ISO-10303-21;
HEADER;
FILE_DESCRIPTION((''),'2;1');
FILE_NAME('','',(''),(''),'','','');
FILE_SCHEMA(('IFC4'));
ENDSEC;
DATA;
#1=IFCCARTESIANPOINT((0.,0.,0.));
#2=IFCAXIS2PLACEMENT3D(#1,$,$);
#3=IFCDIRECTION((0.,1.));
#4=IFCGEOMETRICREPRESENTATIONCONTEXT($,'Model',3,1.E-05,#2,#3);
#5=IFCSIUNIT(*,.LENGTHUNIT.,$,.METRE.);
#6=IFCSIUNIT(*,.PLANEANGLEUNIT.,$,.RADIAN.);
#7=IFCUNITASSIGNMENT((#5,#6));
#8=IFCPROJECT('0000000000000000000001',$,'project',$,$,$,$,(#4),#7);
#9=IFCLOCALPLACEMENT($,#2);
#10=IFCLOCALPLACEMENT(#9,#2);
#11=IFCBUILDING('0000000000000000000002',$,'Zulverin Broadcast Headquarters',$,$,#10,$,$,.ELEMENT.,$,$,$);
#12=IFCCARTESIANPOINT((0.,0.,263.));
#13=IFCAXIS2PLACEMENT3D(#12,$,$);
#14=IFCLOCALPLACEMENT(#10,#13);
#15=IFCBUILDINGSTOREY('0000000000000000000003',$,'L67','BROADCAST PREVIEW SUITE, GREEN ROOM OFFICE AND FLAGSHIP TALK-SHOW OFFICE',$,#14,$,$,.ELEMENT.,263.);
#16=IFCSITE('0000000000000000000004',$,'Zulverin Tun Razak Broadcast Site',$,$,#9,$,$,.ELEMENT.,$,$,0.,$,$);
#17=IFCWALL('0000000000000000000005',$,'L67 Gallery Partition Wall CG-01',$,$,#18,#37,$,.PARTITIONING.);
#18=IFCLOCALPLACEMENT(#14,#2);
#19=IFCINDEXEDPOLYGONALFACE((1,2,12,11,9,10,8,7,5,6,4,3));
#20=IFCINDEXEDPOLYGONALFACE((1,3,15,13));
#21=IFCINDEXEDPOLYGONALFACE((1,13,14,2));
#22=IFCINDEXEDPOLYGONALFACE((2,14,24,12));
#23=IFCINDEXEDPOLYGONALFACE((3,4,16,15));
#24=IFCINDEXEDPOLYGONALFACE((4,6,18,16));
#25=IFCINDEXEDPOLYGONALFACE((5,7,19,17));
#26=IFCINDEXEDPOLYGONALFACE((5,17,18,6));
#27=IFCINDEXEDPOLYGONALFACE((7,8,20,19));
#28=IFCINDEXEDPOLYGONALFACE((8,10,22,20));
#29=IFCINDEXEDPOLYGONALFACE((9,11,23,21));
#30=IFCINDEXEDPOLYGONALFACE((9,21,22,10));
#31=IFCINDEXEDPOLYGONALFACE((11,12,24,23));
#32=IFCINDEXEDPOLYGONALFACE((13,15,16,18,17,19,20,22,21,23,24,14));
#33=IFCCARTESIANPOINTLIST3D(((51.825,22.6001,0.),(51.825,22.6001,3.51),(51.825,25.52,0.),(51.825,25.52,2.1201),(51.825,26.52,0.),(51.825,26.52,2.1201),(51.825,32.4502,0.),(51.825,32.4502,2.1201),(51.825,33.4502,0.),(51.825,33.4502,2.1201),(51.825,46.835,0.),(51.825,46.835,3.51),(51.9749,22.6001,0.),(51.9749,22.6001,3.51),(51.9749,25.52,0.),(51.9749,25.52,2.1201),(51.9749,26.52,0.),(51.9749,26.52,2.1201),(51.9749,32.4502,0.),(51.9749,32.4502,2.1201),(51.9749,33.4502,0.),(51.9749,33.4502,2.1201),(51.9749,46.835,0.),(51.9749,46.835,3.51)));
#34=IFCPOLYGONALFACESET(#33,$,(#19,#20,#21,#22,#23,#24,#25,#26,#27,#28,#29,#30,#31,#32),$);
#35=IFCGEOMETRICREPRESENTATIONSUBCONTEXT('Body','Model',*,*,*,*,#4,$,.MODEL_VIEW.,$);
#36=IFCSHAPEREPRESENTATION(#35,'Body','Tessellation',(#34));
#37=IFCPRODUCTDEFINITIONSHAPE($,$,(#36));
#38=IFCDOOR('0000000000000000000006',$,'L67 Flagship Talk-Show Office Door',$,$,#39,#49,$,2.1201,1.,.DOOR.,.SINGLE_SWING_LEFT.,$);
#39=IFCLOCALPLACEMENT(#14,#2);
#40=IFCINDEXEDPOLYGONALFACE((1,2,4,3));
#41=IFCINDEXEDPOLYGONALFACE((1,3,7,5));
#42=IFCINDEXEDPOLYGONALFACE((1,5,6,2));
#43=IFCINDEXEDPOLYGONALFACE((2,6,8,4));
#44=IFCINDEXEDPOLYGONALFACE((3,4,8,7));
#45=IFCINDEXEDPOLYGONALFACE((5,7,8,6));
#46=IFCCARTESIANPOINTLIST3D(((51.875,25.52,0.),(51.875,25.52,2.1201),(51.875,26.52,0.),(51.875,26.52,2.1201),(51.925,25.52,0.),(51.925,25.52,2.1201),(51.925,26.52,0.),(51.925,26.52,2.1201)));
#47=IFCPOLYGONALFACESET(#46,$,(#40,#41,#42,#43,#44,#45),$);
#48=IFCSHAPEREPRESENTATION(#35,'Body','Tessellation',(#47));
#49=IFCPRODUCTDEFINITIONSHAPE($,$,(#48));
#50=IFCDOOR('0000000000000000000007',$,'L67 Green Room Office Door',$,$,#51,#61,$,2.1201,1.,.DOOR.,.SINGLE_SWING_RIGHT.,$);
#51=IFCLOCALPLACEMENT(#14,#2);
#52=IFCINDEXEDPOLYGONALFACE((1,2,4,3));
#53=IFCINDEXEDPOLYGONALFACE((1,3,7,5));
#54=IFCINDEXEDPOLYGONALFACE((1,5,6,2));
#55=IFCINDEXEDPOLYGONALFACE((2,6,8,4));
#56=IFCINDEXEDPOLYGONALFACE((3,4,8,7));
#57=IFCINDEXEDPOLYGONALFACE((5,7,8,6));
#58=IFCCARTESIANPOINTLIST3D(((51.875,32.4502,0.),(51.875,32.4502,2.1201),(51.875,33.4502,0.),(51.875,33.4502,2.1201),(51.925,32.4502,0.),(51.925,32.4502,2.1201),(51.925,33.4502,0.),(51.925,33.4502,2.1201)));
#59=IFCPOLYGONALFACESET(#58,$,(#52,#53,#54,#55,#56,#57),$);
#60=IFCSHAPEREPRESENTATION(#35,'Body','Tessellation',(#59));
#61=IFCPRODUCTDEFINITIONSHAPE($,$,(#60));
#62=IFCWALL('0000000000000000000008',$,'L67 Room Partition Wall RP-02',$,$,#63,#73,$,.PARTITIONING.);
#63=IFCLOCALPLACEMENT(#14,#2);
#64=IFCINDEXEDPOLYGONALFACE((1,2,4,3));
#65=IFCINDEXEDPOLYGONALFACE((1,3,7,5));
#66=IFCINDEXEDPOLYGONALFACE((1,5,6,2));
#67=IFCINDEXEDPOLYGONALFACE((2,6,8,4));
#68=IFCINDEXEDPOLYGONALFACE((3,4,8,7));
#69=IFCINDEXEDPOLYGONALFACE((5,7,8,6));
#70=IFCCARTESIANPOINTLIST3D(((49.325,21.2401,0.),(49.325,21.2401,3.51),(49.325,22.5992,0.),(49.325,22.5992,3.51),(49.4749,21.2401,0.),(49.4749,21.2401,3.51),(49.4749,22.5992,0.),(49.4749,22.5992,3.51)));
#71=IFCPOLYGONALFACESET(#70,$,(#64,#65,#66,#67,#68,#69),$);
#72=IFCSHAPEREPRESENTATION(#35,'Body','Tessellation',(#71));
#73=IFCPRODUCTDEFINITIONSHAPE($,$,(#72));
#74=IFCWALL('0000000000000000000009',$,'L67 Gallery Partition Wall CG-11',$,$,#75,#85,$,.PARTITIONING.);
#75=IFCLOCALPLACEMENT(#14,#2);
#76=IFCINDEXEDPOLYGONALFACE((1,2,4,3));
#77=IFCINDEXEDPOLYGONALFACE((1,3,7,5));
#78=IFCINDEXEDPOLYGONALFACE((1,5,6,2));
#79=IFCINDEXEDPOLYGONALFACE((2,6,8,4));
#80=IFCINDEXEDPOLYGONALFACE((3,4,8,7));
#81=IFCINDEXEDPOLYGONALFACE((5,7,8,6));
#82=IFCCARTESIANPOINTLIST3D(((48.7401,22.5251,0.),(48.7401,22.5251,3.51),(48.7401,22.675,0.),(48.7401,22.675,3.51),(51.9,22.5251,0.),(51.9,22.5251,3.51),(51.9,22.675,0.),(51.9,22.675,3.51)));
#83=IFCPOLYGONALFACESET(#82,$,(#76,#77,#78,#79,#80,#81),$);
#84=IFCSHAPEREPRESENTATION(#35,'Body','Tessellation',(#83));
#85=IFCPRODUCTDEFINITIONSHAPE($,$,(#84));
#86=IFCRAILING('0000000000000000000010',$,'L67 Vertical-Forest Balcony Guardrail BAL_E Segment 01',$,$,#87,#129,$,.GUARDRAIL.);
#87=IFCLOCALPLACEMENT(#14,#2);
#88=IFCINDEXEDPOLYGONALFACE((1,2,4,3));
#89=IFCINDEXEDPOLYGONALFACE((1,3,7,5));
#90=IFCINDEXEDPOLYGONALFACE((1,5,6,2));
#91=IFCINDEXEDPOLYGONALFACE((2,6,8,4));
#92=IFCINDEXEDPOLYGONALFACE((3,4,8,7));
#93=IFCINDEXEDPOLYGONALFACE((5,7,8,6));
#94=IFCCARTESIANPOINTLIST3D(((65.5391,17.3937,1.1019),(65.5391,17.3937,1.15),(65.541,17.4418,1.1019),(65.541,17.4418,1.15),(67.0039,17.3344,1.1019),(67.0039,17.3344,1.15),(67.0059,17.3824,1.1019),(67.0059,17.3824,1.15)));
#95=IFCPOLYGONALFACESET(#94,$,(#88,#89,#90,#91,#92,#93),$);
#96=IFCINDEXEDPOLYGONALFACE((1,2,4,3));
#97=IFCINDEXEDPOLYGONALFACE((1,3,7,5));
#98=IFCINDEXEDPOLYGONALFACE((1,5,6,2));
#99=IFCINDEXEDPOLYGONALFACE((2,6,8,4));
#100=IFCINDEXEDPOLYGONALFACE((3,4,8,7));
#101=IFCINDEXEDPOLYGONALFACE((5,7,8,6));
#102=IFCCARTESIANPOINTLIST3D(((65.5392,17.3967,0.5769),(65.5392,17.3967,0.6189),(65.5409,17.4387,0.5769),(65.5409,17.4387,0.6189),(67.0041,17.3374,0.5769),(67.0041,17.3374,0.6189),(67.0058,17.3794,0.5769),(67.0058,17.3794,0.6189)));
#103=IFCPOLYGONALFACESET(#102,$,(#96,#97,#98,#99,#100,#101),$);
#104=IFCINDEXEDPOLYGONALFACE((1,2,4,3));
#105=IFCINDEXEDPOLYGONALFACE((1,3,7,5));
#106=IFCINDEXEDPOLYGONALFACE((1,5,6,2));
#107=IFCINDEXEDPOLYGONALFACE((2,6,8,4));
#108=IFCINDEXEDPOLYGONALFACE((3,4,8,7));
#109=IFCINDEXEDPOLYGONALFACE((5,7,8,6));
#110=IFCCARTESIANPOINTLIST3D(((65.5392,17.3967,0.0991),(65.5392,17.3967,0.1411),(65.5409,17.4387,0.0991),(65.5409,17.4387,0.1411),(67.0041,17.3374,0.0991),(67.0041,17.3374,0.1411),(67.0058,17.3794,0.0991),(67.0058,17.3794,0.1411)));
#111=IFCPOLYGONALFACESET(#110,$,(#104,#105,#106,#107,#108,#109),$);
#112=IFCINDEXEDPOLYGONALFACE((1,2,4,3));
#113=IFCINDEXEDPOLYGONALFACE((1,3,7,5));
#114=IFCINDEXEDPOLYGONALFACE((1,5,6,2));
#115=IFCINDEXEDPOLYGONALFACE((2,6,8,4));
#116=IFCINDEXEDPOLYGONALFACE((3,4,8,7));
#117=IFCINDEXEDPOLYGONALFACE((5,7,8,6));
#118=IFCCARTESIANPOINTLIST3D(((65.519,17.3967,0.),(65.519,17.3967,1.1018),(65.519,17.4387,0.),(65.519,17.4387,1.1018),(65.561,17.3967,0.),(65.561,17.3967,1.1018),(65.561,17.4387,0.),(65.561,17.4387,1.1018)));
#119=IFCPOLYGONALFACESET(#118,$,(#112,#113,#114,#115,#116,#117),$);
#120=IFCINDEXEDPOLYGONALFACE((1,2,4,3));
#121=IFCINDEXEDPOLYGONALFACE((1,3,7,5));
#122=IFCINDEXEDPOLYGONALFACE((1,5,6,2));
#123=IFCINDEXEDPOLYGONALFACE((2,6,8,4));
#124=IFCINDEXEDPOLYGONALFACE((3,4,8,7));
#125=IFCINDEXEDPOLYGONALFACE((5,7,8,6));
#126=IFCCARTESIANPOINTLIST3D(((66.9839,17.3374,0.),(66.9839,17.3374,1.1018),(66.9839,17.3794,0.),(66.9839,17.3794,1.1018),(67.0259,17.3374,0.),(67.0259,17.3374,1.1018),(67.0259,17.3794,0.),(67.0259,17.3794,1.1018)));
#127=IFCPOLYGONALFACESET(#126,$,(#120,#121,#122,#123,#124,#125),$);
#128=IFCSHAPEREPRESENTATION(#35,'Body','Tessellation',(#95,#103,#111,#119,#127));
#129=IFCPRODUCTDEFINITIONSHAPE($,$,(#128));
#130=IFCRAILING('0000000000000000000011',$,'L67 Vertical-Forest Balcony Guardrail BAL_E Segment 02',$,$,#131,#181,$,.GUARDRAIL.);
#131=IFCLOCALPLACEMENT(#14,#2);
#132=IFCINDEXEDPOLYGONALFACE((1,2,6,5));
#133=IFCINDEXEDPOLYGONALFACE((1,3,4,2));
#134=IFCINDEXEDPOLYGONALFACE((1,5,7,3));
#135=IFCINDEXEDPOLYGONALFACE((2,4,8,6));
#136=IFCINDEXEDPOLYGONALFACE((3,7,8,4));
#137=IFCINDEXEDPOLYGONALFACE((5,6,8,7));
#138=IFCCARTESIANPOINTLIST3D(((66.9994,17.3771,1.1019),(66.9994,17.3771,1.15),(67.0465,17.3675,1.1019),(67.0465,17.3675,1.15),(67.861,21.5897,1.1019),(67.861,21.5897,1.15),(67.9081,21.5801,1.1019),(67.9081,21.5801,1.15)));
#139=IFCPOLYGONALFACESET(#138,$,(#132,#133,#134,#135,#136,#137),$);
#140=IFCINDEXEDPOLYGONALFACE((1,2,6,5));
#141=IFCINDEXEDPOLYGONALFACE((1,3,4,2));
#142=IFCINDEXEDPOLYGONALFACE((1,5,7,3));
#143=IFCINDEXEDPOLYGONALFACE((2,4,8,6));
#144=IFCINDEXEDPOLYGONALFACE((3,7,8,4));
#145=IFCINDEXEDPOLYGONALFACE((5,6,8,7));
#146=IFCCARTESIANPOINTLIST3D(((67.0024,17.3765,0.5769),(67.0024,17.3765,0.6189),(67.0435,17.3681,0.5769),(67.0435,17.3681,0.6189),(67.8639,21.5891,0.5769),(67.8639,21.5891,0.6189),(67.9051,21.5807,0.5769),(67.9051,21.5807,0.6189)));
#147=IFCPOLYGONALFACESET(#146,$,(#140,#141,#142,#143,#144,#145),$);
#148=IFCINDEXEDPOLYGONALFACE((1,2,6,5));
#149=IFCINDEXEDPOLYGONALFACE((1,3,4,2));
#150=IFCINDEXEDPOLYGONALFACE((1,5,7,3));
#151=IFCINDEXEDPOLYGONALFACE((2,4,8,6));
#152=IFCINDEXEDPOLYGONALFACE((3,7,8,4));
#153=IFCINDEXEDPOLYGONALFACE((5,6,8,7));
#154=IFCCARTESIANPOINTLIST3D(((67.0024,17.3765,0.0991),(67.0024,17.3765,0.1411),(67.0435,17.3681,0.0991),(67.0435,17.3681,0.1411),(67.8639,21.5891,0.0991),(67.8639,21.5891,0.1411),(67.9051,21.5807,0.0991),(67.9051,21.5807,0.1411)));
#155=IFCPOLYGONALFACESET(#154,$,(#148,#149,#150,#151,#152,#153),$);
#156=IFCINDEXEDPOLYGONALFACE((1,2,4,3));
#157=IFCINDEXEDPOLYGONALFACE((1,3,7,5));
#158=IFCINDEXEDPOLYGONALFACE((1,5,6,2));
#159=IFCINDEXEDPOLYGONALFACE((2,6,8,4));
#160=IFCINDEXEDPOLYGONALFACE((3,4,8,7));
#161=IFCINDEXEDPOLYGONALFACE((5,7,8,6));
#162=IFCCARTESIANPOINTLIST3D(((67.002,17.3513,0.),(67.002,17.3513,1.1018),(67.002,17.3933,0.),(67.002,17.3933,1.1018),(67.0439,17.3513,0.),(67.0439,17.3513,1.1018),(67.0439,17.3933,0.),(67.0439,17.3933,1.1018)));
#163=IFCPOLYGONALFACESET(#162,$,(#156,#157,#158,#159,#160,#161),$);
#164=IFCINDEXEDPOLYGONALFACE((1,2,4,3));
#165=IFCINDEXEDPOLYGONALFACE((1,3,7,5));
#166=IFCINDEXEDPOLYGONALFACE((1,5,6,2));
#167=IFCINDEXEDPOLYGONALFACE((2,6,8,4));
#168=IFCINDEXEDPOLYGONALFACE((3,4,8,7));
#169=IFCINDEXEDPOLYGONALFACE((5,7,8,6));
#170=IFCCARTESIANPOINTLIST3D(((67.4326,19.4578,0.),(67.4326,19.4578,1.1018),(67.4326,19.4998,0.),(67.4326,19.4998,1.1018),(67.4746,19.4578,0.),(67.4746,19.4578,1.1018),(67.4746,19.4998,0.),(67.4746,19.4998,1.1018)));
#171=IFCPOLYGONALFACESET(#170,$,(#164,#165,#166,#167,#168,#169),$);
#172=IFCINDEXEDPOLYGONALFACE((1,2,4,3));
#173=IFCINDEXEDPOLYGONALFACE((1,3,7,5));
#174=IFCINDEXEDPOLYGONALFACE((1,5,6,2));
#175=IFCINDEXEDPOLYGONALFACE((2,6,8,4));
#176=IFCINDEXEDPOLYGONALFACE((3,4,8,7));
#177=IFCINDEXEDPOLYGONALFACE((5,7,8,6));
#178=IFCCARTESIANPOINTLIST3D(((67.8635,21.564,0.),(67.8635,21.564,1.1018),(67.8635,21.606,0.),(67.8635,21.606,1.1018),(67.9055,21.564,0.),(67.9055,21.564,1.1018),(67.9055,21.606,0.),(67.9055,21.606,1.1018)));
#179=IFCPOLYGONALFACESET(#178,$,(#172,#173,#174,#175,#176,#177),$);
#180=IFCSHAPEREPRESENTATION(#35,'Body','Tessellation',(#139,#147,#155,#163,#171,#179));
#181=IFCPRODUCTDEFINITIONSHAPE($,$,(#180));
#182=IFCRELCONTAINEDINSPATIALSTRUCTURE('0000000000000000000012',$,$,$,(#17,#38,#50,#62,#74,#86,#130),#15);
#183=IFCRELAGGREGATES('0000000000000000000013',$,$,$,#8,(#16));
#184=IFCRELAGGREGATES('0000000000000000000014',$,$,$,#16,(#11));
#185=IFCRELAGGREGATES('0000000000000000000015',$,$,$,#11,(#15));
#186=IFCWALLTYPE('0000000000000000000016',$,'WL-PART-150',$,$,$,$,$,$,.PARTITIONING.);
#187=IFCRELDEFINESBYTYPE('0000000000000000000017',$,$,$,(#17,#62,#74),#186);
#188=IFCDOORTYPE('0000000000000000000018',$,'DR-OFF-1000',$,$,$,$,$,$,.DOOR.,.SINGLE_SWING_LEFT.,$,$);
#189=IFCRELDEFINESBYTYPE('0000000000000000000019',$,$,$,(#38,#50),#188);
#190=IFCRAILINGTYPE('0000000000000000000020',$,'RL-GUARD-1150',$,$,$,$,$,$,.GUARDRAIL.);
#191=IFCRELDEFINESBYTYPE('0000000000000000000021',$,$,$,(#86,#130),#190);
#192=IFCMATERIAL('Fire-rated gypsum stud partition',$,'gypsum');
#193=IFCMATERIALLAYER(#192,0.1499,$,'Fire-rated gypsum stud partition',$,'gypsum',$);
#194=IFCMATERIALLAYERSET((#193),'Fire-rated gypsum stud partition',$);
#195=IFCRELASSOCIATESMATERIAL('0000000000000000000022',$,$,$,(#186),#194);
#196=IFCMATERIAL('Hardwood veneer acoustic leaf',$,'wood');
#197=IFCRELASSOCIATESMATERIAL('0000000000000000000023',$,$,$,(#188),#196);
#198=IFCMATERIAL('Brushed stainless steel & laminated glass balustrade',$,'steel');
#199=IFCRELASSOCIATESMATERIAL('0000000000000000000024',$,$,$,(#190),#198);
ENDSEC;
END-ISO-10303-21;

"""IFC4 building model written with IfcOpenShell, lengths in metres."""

from ifc_helpers import new_model, si_unit, direction, frame, frame_2d, origin, origin_2d, place, context, subcontext, project, spatial, rectangle, extrude, material, layer, layer_set, type_object, element, fill, save


model = new_model("IFC4")

# Units and contexts
model_context = context("Model", 3, precision=1e-05, world=origin(), true_north=direction((0.0, 1.0)))
body_context = subcontext(model_context, "Body", "Model", "MODEL_VIEW")
ifc_project = project(units=[si_unit("LENGTHUNIT", "METRE"), si_unit("PLANEANGLEUNIT", "RADIAN")], contexts=[model_context])

# Site, building, storey
site_placement = place(None, origin())
site = spatial("IfcSite", under=ifc_project, at=site_placement, Name="Zulverin Tun Razak Broadcast Site", CompositionType="ELEMENT", RefElevation=0.0)
building_placement = place(site_placement, origin())
building = spatial("IfcBuilding", under=site, at=building_placement, Name="Zulverin Broadcast Headquarters", CompositionType="ELEMENT")
storey_placement = place(building_placement, frame((0.0, 0.0, 263.0)))
storey = spatial("IfcBuildingStorey", under=building, at=storey_placement, Name="L67", Description="BROADCAST PREVIEW SUITE, GREEN ROOM OFFICE AND FLAGSHIP TALK-SHOW OFFICE", CompositionType="ELEMENT", Elevation=263.0)

# Wall, openings, doors
ifc_material_1 = material(Name="Fire-rated gypsum stud partition", Category="gypsum")
ifc_layer_1 = layer(ifc_material_1, 0.1499, Name="Fire-rated gypsum stud partition", Category="gypsum")
ifc_layer_set_1 = layer_set([ifc_layer_1], Name="Fire-rated gypsum stud partition")
wall_type_1 = type_object("IfcWallType", Name="WL-PART-150", PredefinedType="PARTITIONING", material=ifc_layer_set_1)
wall_1_placement = place(storey_placement, frame((51.8999, 22.6001, 0.0), z_axis=(0.0, 0.0, 1.0), x_axis=(0.0, 1.0, 0.0)))
wall_1 = element("IfcWall", 1, at=wall_1_placement, inside=storey, type_object=wall_type_1, Name="L67 Gallery Partition Wall CG-01", PredefinedType="PARTITIONING", context=body_context, shape_type="SweptSolid", body=[
    extrude(rectangle(XDim=24.2349, YDim=0.1499, at=frame_2d((12.1174, 0.0))), origin(), (0.0, 0.0, 1.0), 3.51),
])
opening_1_placement = place(wall_1_placement, frame((2.9199, 0.0, 0.0)))
opening_1 = element("IfcOpeningElement", 2, at=opening_1_placement, cuts=wall_1, PredefinedType="OPENING", context=body_context, shape_type="SweptSolid", body=[
    extrude(rectangle(XDim=1.0, YDim=2.1201, at=frame_2d((0.5, 1.0601))), frame((0.0, 0.085, 0.0), z_axis=(0.0, -1.0, 0.0), x_axis=(1.0, 0.0, 0.0)), (0.0, 0.0, 1.0), 0.1699),
])
opening_2_placement = place(wall_1_placement, frame((9.8501, 0.0, 0.0)))
opening_2 = element("IfcOpeningElement", 3, at=opening_2_placement, cuts=wall_1, PredefinedType="OPENING", context=body_context, shape_type="SweptSolid", body=[
    extrude(rectangle(XDim=1.0, YDim=2.1201, at=frame_2d((0.5, 1.0601))), frame((0.0, 0.085, 0.0), z_axis=(0.0, -1.0, 0.0), x_axis=(1.0, 0.0, 0.0)), (0.0, 0.0, 1.0), 0.1699),
])
ifc_material_2 = material(Name="Hardwood veneer acoustic leaf", Category="wood")
door_type_1 = type_object("IfcDoorType", Name="DR-OFF-1000", OperationType="SINGLE_SWING_LEFT", PredefinedType="DOOR", material=ifc_material_2)
door_1_placement = place(opening_1_placement, origin())
door_1 = element("IfcDoor", 4, at=door_1_placement, inside=storey, type_object=door_type_1, Name="L67 Flagship Talk-Show Office Door", OperationType="SINGLE_SWING_LEFT", OverallHeight=2.1201, OverallWidth=1.0, PredefinedType="DOOR", context=body_context, shape_type="SweptSolid", body=[
    extrude(rectangle(XDim=1.0, YDim=2.1201, at=frame_2d((0.5, 1.0601))), frame((0.0, 0.0249, 0.0), z_axis=(0.0, -1.0, 0.0), x_axis=(1.0, 0.0, 0.0)), (0.0, 0.0, 1.0), 0.05),
])
fill(opening_1, door_1)
door_2_placement = place(opening_2_placement, origin())
door_2 = element("IfcDoor", 5, at=door_2_placement, inside=storey, type_object=door_type_1, Name="L67 Green Room Office Door", OperationType="SINGLE_SWING_RIGHT", OverallHeight=2.1201, OverallWidth=1.0, PredefinedType="DOOR", context=body_context, shape_type="SweptSolid", body=[
    extrude(rectangle(XDim=1.0, YDim=2.1201, at=frame_2d((0.5, 1.0601))), frame((0.0, 0.0249, 0.0), z_axis=(0.0, -1.0, 0.0), x_axis=(1.0, 0.0, 0.0)), (0.0, 0.0, 1.0), 0.05),
])
fill(opening_2, door_2)

# Walls
wall_2_placement = place(storey_placement, frame((49.3999, 21.24, 0.0), z_axis=(0.0, 0.0, 1.0), x_axis=(0.0, 1.0, 0.0)))
element("IfcWall", 6, at=wall_2_placement, inside=storey, type_object=wall_type_1, Name="L67 Room Partition Wall RP-02", PredefinedType="PARTITIONING", context=body_context, shape_type="SweptSolid", body=[
    extrude(rectangle(XDim=1.3591, YDim=0.1499, at=frame_2d((0.6797, 0.0))), origin(), (0.0, 0.0, 1.0), 3.51),
])
wall_3_placement = place(storey_placement, frame((48.74, 22.6001, 0.0), z_axis=(0.0, 0.0, 1.0), x_axis=(1.0, 0.0, 0.0)))
element("IfcWall", 7, at=wall_3_placement, inside=storey, type_object=wall_type_1, Name="L67 Gallery Partition Wall CG-11", PredefinedType="PARTITIONING", context=body_context, shape_type="SweptSolid", body=[
    extrude(rectangle(XDim=3.1599, YDim=0.1499, at=frame_2d((1.5801, 0.0))), origin(), (0.0, 0.0, 1.0), 3.51),
])

# Railings
ifc_material_3 = material(Name="Brushed stainless steel & laminated glass balustrade", Category="steel")
railing_type = type_object("IfcRailingType", Name="RL-GUARD-1150", PredefinedType="GUARDRAIL", material=ifc_material_3)
railing_1_placement = place(storey_placement, frame((65.54, 17.4177, 0.0)))
element("IfcRailing", 8, at=railing_1_placement, inside=storey, type_object=railing_type, Name="L67 Vertical-Forest Balcony Guardrail BAL_E Segment 01", PredefinedType="GUARDRAIL", context=body_context, shape_type="SweptSolid", body=[
    extrude(rectangle(XDim=0.0481, YDim=0.0481, at=origin_2d()), frame((0.0, 0.0, 1.126), z_axis=(0.999181, -0.040467, 0.0), x_axis=(0.040467, 0.999181, 0.0)), (0.0, 0.0, 1.0), 1.4661),
    extrude(rectangle(XDim=0.042, YDim=0.042, at=origin_2d()), frame((0.0, 0.0, 0.5979), z_axis=(0.999181, -0.040467, 0.0), x_axis=(0.040467, 0.999181, 0.0)), (0.0, 0.0, 1.0), 1.4661),
    extrude(rectangle(XDim=0.042, YDim=0.042, at=origin_2d()), frame((0.0, 0.0, 0.1201), z_axis=(0.999181, -0.040467, 0.0), x_axis=(0.040467, 0.999181, 0.0)), (0.0, 0.0, 1.0), 1.4661),
    extrude(rectangle(XDim=0.042, YDim=0.042, at=origin_2d()), origin(), (0.0, 0.0, 1.0), 1.1018),
    extrude(rectangle(XDim=0.042, YDim=0.042, at=origin_2d()), frame((1.4648, -0.0593, 0.0)), (0.0, 0.0, 1.0), 1.1018),
])
railing_2_placement = place(storey_placement, frame((67.0229, 17.3723, 0.0)))
element("IfcRailing", 9, at=railing_2_placement, inside=storey, type_object=railing_type, Name="L67 Vertical-Forest Balcony Guardrail BAL_E Segment 02", PredefinedType="GUARDRAIL", context=body_context, shape_type="SweptSolid", body=[
    extrude(rectangle(XDim=0.0481, YDim=0.0481, at=origin_2d()), frame((0.0, 0.0, 1.126), z_axis=(0.200373, 0.97972, 0.0), x_axis=(-0.97972, 0.200373, 0.0)), (0.0, 0.0, 1.0), 4.2998),
    extrude(rectangle(XDim=0.042, YDim=0.042, at=origin_2d()), frame((0.0, 0.0, 0.5979), z_axis=(0.200373, 0.97972, 0.0), x_axis=(-0.97972, 0.200373, 0.0)), (0.0, 0.0, 1.0), 4.2998),
    extrude(rectangle(XDim=0.042, YDim=0.042, at=origin_2d()), frame((0.0, 0.0, 0.1201), z_axis=(0.200373, 0.97972, 0.0), x_axis=(-0.97972, 0.200373, 0.0)), (0.0, 0.0, 1.0), 4.2998),
    extrude(rectangle(XDim=0.042, YDim=0.042, at=origin_2d()), origin(), (0.0, 0.0, 1.0), 1.1018),
    extrude(rectangle(XDim=0.042, YDim=0.042, at=origin_2d()), frame((0.4307, 2.1064, 0.0)), (0.0, 0.0, 1.0), 1.1018),
    extrude(rectangle(XDim=0.042, YDim=0.042, at=origin_2d()), frame((0.8616, 4.2126, 0.0)), (0.0, 0.0, 1.0), 1.1018),
])

save(model, "model.ifc")
